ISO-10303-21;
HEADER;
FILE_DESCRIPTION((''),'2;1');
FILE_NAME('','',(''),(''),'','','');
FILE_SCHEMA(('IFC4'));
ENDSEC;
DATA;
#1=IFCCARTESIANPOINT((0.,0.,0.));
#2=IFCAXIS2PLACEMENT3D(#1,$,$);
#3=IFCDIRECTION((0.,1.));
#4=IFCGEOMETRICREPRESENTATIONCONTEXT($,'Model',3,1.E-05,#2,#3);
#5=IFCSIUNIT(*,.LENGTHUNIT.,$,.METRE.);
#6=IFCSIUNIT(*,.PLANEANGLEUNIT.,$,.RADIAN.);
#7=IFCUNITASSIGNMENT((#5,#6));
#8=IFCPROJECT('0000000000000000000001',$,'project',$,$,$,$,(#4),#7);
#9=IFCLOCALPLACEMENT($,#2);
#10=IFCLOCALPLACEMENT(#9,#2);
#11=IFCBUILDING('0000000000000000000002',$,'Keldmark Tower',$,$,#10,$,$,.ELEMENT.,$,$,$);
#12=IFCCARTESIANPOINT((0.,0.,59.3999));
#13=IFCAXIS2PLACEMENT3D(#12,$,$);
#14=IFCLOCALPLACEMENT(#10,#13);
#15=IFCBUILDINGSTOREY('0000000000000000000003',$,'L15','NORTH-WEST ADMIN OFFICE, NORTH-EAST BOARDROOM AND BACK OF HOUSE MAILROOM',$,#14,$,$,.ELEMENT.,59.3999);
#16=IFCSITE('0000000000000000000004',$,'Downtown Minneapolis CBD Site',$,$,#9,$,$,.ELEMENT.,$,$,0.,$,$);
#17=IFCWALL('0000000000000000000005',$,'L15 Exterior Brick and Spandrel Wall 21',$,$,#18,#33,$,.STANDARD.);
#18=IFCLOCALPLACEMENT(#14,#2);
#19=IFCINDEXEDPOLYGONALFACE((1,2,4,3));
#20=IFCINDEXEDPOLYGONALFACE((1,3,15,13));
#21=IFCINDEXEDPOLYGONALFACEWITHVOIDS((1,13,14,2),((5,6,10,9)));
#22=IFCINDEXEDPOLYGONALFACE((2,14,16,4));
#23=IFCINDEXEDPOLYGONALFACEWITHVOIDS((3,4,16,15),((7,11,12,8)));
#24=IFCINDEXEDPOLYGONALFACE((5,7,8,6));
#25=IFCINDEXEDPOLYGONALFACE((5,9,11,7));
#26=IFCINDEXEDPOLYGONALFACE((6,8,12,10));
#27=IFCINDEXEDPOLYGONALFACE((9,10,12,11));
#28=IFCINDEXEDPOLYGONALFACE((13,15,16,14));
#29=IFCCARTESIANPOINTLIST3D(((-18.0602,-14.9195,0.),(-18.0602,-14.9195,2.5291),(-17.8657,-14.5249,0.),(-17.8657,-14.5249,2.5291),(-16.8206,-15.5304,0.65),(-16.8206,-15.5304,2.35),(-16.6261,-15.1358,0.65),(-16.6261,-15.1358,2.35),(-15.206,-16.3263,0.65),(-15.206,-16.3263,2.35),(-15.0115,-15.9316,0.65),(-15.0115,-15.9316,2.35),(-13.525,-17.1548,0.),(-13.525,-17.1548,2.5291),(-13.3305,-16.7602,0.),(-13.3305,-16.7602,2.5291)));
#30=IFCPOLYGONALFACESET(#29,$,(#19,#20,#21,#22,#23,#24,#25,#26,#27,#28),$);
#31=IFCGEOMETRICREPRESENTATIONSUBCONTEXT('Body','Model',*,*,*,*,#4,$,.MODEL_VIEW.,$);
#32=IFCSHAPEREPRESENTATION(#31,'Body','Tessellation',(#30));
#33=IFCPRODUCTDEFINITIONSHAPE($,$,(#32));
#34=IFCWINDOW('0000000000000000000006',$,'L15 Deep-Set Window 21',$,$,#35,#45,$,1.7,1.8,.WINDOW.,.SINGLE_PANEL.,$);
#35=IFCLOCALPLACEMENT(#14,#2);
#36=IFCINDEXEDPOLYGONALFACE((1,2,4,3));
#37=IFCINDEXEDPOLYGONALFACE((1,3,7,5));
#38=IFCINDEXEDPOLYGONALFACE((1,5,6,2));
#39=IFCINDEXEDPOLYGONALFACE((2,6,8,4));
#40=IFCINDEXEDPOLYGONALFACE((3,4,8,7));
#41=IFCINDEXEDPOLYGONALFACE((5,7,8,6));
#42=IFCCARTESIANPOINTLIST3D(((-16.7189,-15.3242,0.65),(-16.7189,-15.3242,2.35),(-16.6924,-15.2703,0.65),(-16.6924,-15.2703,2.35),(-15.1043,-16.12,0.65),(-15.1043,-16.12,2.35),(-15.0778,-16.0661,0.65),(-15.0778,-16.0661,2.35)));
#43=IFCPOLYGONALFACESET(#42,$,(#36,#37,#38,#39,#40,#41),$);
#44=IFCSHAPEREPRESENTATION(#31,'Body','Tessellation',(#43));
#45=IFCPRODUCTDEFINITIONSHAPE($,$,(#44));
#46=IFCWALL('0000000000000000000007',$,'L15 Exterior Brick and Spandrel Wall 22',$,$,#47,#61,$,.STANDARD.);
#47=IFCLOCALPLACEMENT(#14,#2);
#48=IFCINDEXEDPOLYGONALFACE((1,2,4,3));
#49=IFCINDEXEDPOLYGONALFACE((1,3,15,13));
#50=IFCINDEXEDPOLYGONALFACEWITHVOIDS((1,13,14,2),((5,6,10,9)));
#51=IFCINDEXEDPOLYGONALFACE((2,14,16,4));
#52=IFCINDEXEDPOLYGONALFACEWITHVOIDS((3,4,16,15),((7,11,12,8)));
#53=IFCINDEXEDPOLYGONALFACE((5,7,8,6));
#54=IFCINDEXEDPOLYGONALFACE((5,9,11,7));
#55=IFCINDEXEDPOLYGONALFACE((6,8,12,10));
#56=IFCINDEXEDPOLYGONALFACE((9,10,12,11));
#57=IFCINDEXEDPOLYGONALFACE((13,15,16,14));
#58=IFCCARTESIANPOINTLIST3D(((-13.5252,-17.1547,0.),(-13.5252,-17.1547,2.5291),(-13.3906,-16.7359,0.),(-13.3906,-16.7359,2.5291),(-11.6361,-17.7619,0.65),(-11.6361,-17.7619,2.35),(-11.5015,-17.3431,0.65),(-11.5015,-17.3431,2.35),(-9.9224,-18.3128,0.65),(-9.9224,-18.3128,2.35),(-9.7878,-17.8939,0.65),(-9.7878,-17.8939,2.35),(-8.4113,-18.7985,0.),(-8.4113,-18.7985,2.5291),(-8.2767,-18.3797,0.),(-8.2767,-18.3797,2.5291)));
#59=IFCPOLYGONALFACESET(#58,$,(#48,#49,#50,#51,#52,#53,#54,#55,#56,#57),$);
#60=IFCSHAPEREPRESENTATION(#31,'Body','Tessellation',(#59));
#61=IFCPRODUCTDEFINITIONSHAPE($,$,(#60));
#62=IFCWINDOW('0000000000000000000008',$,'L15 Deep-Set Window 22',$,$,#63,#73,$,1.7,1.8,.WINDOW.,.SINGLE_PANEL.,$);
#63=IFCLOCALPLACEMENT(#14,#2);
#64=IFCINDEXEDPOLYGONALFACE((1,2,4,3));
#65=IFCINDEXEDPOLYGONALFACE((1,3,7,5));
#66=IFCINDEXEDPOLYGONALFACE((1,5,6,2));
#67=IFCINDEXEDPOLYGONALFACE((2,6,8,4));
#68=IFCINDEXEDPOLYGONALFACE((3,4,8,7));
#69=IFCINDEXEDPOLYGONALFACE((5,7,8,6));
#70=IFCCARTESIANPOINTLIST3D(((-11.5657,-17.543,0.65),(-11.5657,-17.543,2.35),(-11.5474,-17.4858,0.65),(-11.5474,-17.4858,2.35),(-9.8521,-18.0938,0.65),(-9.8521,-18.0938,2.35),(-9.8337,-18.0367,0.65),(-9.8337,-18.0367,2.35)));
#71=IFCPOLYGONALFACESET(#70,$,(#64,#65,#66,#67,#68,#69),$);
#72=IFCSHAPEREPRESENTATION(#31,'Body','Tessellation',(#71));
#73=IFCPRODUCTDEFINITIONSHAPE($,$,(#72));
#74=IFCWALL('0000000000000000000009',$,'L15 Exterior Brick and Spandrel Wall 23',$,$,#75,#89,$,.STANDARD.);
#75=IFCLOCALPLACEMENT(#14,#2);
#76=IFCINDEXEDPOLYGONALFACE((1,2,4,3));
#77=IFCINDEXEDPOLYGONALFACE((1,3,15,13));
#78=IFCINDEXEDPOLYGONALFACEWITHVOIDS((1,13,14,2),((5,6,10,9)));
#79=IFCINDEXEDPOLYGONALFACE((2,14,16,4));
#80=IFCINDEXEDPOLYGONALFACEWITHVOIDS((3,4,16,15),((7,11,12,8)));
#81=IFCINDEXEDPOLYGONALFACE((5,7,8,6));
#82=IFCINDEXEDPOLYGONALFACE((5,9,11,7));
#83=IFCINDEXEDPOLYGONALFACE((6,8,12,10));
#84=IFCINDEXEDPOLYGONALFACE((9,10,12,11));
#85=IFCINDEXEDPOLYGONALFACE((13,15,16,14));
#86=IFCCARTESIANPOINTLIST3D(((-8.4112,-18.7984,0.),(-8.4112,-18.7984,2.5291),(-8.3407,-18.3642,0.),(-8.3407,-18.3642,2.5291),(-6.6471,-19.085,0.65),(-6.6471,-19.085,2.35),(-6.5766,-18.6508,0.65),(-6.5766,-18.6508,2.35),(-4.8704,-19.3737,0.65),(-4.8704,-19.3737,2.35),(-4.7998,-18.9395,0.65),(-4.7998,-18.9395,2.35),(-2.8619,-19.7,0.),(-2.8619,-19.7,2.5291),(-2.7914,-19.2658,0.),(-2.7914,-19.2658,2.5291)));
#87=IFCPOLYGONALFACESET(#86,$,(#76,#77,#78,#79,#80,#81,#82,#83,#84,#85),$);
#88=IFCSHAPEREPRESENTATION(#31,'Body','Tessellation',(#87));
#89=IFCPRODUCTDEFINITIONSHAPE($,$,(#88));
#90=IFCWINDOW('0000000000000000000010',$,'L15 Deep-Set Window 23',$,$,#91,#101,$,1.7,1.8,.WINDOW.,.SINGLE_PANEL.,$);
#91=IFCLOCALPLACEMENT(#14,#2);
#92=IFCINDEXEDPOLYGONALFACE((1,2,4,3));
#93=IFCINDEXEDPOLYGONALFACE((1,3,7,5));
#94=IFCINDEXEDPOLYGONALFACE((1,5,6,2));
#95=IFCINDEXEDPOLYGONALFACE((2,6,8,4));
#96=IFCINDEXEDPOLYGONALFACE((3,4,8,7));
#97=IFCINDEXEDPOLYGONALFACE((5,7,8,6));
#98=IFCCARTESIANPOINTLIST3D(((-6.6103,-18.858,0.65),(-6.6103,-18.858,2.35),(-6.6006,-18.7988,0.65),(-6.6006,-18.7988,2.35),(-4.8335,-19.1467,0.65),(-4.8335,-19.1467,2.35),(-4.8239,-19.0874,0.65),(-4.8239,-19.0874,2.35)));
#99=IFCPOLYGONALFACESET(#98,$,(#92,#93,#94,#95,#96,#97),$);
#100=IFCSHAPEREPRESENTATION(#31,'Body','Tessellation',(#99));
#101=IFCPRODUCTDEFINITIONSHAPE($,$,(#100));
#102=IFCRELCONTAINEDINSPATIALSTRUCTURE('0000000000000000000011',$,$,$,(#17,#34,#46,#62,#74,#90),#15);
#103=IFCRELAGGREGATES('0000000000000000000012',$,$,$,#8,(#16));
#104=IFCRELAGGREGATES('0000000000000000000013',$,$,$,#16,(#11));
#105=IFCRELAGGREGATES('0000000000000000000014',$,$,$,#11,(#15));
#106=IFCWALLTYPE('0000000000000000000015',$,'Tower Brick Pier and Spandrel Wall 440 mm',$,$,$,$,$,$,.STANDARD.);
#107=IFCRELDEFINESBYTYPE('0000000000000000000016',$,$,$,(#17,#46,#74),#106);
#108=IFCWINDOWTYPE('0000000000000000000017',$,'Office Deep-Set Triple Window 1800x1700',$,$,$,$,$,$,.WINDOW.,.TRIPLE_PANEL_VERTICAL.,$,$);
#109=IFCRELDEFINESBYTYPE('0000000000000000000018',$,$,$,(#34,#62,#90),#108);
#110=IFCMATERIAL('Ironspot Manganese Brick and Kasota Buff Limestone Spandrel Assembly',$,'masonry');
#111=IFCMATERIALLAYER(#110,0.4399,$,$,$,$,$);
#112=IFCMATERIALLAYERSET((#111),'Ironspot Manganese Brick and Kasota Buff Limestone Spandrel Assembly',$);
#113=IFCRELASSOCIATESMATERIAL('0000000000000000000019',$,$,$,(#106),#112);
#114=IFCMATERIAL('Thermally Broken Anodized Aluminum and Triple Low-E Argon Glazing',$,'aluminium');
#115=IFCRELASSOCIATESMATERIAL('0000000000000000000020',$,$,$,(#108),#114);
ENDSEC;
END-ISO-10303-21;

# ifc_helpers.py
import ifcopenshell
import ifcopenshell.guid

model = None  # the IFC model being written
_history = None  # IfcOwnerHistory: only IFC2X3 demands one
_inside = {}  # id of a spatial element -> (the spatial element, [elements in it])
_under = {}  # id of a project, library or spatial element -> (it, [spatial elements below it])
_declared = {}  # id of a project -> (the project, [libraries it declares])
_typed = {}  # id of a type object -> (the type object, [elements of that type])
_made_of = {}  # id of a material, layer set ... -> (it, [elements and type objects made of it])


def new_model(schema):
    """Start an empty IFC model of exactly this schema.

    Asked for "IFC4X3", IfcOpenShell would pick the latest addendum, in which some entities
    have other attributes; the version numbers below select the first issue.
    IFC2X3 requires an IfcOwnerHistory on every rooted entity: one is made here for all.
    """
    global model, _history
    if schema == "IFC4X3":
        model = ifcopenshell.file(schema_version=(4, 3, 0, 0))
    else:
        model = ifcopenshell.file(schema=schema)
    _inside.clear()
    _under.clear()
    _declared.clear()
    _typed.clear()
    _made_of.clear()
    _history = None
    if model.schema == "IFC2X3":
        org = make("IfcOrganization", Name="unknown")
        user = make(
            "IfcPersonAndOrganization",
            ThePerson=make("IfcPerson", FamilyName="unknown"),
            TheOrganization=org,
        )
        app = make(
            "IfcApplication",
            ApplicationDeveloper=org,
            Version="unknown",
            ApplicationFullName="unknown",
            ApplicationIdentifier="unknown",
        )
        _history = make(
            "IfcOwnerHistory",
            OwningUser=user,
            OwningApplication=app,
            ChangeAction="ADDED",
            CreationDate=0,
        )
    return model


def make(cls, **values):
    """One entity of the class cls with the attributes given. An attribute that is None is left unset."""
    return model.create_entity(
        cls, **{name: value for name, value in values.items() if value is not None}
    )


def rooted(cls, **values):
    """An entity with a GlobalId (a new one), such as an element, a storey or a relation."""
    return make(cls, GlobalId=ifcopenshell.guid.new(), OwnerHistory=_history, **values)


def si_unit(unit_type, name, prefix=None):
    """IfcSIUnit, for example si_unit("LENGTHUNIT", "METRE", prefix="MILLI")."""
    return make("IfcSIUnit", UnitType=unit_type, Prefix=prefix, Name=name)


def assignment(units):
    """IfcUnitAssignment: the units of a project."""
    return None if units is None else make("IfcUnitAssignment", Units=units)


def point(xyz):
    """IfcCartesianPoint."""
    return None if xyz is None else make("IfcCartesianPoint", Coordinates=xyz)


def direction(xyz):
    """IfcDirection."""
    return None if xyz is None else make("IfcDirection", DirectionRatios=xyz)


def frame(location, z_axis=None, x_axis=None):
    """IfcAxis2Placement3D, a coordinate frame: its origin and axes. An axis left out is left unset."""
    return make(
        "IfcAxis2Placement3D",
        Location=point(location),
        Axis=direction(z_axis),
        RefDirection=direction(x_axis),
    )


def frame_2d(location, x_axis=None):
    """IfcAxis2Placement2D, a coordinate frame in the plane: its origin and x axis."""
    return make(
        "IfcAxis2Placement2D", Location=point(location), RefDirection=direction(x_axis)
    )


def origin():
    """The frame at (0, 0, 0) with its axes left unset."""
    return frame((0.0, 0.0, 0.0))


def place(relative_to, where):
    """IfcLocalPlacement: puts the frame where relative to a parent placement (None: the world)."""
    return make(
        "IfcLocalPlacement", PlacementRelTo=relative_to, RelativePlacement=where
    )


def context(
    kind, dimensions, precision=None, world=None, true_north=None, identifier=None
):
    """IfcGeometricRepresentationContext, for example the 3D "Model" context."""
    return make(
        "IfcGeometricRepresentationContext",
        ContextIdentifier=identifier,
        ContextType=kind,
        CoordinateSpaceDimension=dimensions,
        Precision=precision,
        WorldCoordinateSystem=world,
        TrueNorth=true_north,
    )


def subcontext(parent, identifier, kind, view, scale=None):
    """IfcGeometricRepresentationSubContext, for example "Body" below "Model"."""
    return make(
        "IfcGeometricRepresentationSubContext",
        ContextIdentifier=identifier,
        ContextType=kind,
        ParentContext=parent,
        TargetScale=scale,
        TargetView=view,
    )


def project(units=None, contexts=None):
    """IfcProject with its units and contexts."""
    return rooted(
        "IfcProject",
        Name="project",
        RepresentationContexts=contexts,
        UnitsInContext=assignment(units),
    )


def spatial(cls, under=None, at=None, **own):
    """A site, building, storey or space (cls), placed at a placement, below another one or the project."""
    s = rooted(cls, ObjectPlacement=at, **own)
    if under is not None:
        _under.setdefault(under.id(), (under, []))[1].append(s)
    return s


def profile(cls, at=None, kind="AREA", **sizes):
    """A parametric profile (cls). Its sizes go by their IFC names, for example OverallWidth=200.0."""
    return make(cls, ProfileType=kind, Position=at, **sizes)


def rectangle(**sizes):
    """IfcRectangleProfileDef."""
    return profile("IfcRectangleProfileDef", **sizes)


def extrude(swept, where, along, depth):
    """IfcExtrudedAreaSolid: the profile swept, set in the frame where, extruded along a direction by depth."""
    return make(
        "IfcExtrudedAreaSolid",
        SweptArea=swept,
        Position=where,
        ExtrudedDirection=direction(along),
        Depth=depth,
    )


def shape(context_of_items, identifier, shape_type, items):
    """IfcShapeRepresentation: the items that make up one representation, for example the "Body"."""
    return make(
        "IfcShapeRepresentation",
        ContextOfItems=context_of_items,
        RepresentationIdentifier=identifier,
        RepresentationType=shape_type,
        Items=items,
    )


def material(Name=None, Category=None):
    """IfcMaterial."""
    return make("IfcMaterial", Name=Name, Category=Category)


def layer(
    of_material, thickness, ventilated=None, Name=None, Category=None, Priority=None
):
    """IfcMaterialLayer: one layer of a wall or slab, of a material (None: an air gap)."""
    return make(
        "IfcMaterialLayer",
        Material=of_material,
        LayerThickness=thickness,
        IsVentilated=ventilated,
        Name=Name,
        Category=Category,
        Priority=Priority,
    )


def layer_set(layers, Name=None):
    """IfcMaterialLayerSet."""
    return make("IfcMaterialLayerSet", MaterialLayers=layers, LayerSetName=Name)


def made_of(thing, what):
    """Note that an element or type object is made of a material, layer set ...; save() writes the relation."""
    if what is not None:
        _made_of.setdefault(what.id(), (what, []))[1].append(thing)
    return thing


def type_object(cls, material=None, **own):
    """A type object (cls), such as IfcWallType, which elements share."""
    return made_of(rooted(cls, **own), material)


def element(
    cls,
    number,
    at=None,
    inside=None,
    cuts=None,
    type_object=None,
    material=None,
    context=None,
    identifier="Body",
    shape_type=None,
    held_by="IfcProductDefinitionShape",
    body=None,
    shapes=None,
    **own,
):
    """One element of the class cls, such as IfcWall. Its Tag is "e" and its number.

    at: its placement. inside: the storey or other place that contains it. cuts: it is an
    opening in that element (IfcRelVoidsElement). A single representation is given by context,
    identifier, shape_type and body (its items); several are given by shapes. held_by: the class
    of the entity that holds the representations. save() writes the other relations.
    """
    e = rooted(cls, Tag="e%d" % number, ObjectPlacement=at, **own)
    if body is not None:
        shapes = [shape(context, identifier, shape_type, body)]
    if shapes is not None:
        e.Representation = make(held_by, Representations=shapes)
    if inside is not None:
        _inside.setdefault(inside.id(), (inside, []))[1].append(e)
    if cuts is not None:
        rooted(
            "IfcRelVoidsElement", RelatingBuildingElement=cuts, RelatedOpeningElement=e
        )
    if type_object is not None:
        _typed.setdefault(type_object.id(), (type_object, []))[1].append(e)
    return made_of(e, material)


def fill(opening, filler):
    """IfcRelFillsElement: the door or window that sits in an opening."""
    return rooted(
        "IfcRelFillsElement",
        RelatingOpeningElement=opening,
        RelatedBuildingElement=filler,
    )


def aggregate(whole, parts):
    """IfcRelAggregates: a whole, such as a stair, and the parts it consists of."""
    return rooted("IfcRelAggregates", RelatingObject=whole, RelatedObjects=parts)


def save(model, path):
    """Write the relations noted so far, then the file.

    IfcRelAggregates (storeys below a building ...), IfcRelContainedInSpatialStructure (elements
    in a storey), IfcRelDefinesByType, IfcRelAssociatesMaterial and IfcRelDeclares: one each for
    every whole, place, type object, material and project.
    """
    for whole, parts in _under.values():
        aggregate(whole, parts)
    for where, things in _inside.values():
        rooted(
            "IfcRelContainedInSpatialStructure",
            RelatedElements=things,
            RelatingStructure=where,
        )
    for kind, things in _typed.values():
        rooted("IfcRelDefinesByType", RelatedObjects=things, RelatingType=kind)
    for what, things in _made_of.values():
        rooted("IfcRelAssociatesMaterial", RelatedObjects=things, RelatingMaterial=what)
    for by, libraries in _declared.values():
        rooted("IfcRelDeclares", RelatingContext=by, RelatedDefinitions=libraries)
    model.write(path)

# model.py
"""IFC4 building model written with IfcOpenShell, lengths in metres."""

from ifc_helpers import new_model, si_unit, direction, frame, frame_2d, origin, place, context, subcontext, project, spatial, rectangle, extrude, material, layer, layer_set, type_object, element, fill, save


model = new_model("IFC4")

# Units and contexts
model_context = context("Model", 3, precision=1e-05, world=origin(), true_north=direction((0.0, 1.0)))
body_context = subcontext(model_context, "Body", "Model", "MODEL_VIEW")
ifc_project = project(units=[si_unit("LENGTHUNIT", "METRE"), si_unit("PLANEANGLEUNIT", "RADIAN")], contexts=[model_context])

# Site, building, storey
site_placement = place(None, origin())
site = spatial("IfcSite", under=ifc_project, at=site_placement, Name="Downtown Minneapolis CBD Site", CompositionType="ELEMENT", RefElevation=0.0)
building_placement = place(site_placement, origin())
building = spatial("IfcBuilding", under=site, at=building_placement, Name="Keldmark Tower", CompositionType="ELEMENT")
storey_placement = place(building_placement, frame((0.0, 0.0, 59.3999)))
storey = spatial("IfcBuildingStorey", under=building, at=storey_placement, Name="L15", Description="NORTH-WEST ADMIN OFFICE, NORTH-EAST BOARDROOM AND BACK OF HOUSE MAILROOM", CompositionType="ELEMENT", Elevation=59.3999)

# Walls, openings, windows
ifc_material_1 = material(Name="Ironspot Manganese Brick and Kasota Buff Limestone Spandrel Assembly", Category="masonry")
ifc_layer_1 = layer(ifc_material_1, 0.4399)
ifc_layer_set_1 = layer_set([ifc_layer_1], Name="Ironspot Manganese Brick and Kasota Buff Limestone Spandrel Assembly")
wall_type_1 = type_object("IfcWallType", Name="Tower Brick Pier and Spandrel Wall 440 mm", PredefinedType="STANDARD", material=ifc_layer_set_1)
wall_1_placement = place(storey_placement, frame((-13.4277, -16.9575, 0.0), z_axis=(0.0, 0.0, 1.0), x_axis=(-0.896962, 0.442107, 0.0)))
wall_1 = element("IfcWall", 1, at=wall_1_placement, inside=storey, type_object=wall_type_1, Name="L15 Exterior Brick and Spandrel Wall 21", PredefinedType="STANDARD", context=body_context, shape_type="SweptSolid", body=[
    extrude(rectangle(XDim=5.0562, YDim=0.4399, at=frame_2d((2.5281, 0.0))), origin(), (0.0, 0.0, 1.0), 2.5291),
])
opening_1_placement = place(wall_1_placement, frame((1.8743, 0.0, 0.6499)))
opening_1 = element("IfcOpeningElement", 2, at=opening_1_placement, cuts=wall_1, PredefinedType="OPENING", context=body_context, shape_type="SweptSolid", body=[
    extrude(rectangle(XDim=1.8, YDim=1.7, at=frame_2d((0.8999, 0.8501))), frame((0.0, 0.23, 0.0), z_axis=(0.0, -1.0, 0.0), x_axis=(1.0, 0.0, 0.0)), (0.0, 0.0, 1.0), 0.46),
])
ifc_material_2 = material(Name="Thermally Broken Anodized Aluminum and Triple Low-E Argon Glazing", Category="aluminium")
window_type = type_object("IfcWindowType", Name="Office Deep-Set Triple Window 1800x1700", PartitioningType="TRIPLE_PANEL_VERTICAL", PredefinedType="WINDOW", material=ifc_material_2)
window_1_placement = place(opening_1_placement, origin())
window_1 = element("IfcWindow", 3, at=window_1_placement, inside=storey, type_object=window_type, Name="L15 Deep-Set Window 21", OverallHeight=1.7, OverallWidth=1.8, PartitioningType="SINGLE_PANEL", PredefinedType="WINDOW", context=body_context, shape_type="SweptSolid", body=[
    extrude(rectangle(XDim=1.8, YDim=1.7, at=frame_2d((0.8999, 0.8501))), frame((0.0, -0.01, 0.0), z_axis=(0.0, -1.0, 0.0), x_axis=(1.0, 0.0, 0.0)), (0.0, 0.0, 1.0), 0.0601),
])
fill(opening_1, window_1)
wall_2_placement = place(storey_placement, frame((-8.344, -18.5891, 0.0), z_axis=(0.0, 0.0, 1.0), x_axis=(-0.952024, 0.306024, 0.0)))
wall_2 = element("IfcWall", 4, at=wall_2_placement, inside=storey, type_object=wall_type_1, Name="L15 Exterior Brick and Spandrel Wall 22", PredefinedType="STANDARD", context=body_context, shape_type="SweptSolid", body=[
    extrude(rectangle(XDim=5.3716, YDim=0.4399, at=frame_2d((2.6858, 0.0))), origin(), (0.0, 0.0, 1.0), 2.5291),
])
opening_2_placement = place(wall_2_placement, frame((1.5874, 0.0, 0.6499)))
opening_2 = element("IfcOpeningElement", 5, at=opening_2_placement, cuts=wall_2, PredefinedType="OPENING", context=body_context, shape_type="SweptSolid", body=[
    extrude(rectangle(XDim=1.8, YDim=1.7, at=frame_2d((0.8999, 0.8501))), frame((0.0, 0.23, 0.0), z_axis=(0.0, -1.0, 0.0), x_axis=(1.0, 0.0, 0.0)), (0.0, 0.0, 1.0), 0.46),
])
window_2_placement = place(opening_2_placement, origin())
window_2 = element("IfcWindow", 6, at=window_2_placement, inside=storey, type_object=window_type, Name="L15 Deep-Set Window 22", OverallHeight=1.7, OverallWidth=1.8, PartitioningType="SINGLE_PANEL", PredefinedType="WINDOW", context=body_context, shape_type="SweptSolid", body=[
    extrude(rectangle(XDim=1.8, YDim=1.7, at=frame_2d((0.8999, 0.8501))), frame((0.0, -0.01, 0.0), z_axis=(0.0, -1.0, 0.0), x_axis=(1.0, 0.0, 0.0)), (0.0, 0.0, 1.0), 0.0601),
])
fill(opening_2, window_2)
wall_3_placement = place(storey_placement, frame((-2.8267, -19.4829, 0.0), z_axis=(0.0, 0.0, 1.0), x_axis=(-0.987057, 0.16037, 0.0)))
wall_3 = element("IfcWall", 7, at=wall_3_placement, inside=storey, type_object=wall_type_1, Name="L15 Exterior Brick and Spandrel Wall 23", PredefinedType="STANDARD", context=body_context, shape_type="SweptSolid", body=[
    extrude(rectangle(XDim=5.6221, YDim=0.4399, at=frame_2d((2.811, 0.0))), origin(), (0.0, 0.0, 1.0), 2.5291),
])
opening_3_placement = place(wall_3_placement, frame((2.0349, 0.0, 0.6499)))
opening_3 = element("IfcOpeningElement", 8, at=opening_3_placement, cuts=wall_3, PredefinedType="OPENING", context=body_context, shape_type="SweptSolid", body=[
    extrude(rectangle(XDim=1.8, YDim=1.7, at=frame_2d((0.8999, 0.8501))), frame((0.0, 0.23, 0.0), z_axis=(0.0, -1.0, 0.0), x_axis=(1.0, 0.0, 0.0)), (0.0, 0.0, 1.0), 0.46),
])
window_3_placement = place(opening_3_placement, origin())
window_3 = element("IfcWindow", 9, at=window_3_placement, inside=storey, type_object=window_type, Name="L15 Deep-Set Window 23", OverallHeight=1.7, OverallWidth=1.8, PartitioningType="SINGLE_PANEL", PredefinedType="WINDOW", context=body_context, shape_type="SweptSolid", body=[
    extrude(rectangle(XDim=1.8, YDim=1.7, at=frame_2d((0.8999, 0.8501))), frame((0.0, -0.01, 0.0), z_axis=(0.0, -1.0, 0.0), x_axis=(1.0, 0.0, 0.0)), (0.0, 0.0, 1.0), 0.0601),
])
fill(opening_3, window_3)

save(model, "model.ifc")
